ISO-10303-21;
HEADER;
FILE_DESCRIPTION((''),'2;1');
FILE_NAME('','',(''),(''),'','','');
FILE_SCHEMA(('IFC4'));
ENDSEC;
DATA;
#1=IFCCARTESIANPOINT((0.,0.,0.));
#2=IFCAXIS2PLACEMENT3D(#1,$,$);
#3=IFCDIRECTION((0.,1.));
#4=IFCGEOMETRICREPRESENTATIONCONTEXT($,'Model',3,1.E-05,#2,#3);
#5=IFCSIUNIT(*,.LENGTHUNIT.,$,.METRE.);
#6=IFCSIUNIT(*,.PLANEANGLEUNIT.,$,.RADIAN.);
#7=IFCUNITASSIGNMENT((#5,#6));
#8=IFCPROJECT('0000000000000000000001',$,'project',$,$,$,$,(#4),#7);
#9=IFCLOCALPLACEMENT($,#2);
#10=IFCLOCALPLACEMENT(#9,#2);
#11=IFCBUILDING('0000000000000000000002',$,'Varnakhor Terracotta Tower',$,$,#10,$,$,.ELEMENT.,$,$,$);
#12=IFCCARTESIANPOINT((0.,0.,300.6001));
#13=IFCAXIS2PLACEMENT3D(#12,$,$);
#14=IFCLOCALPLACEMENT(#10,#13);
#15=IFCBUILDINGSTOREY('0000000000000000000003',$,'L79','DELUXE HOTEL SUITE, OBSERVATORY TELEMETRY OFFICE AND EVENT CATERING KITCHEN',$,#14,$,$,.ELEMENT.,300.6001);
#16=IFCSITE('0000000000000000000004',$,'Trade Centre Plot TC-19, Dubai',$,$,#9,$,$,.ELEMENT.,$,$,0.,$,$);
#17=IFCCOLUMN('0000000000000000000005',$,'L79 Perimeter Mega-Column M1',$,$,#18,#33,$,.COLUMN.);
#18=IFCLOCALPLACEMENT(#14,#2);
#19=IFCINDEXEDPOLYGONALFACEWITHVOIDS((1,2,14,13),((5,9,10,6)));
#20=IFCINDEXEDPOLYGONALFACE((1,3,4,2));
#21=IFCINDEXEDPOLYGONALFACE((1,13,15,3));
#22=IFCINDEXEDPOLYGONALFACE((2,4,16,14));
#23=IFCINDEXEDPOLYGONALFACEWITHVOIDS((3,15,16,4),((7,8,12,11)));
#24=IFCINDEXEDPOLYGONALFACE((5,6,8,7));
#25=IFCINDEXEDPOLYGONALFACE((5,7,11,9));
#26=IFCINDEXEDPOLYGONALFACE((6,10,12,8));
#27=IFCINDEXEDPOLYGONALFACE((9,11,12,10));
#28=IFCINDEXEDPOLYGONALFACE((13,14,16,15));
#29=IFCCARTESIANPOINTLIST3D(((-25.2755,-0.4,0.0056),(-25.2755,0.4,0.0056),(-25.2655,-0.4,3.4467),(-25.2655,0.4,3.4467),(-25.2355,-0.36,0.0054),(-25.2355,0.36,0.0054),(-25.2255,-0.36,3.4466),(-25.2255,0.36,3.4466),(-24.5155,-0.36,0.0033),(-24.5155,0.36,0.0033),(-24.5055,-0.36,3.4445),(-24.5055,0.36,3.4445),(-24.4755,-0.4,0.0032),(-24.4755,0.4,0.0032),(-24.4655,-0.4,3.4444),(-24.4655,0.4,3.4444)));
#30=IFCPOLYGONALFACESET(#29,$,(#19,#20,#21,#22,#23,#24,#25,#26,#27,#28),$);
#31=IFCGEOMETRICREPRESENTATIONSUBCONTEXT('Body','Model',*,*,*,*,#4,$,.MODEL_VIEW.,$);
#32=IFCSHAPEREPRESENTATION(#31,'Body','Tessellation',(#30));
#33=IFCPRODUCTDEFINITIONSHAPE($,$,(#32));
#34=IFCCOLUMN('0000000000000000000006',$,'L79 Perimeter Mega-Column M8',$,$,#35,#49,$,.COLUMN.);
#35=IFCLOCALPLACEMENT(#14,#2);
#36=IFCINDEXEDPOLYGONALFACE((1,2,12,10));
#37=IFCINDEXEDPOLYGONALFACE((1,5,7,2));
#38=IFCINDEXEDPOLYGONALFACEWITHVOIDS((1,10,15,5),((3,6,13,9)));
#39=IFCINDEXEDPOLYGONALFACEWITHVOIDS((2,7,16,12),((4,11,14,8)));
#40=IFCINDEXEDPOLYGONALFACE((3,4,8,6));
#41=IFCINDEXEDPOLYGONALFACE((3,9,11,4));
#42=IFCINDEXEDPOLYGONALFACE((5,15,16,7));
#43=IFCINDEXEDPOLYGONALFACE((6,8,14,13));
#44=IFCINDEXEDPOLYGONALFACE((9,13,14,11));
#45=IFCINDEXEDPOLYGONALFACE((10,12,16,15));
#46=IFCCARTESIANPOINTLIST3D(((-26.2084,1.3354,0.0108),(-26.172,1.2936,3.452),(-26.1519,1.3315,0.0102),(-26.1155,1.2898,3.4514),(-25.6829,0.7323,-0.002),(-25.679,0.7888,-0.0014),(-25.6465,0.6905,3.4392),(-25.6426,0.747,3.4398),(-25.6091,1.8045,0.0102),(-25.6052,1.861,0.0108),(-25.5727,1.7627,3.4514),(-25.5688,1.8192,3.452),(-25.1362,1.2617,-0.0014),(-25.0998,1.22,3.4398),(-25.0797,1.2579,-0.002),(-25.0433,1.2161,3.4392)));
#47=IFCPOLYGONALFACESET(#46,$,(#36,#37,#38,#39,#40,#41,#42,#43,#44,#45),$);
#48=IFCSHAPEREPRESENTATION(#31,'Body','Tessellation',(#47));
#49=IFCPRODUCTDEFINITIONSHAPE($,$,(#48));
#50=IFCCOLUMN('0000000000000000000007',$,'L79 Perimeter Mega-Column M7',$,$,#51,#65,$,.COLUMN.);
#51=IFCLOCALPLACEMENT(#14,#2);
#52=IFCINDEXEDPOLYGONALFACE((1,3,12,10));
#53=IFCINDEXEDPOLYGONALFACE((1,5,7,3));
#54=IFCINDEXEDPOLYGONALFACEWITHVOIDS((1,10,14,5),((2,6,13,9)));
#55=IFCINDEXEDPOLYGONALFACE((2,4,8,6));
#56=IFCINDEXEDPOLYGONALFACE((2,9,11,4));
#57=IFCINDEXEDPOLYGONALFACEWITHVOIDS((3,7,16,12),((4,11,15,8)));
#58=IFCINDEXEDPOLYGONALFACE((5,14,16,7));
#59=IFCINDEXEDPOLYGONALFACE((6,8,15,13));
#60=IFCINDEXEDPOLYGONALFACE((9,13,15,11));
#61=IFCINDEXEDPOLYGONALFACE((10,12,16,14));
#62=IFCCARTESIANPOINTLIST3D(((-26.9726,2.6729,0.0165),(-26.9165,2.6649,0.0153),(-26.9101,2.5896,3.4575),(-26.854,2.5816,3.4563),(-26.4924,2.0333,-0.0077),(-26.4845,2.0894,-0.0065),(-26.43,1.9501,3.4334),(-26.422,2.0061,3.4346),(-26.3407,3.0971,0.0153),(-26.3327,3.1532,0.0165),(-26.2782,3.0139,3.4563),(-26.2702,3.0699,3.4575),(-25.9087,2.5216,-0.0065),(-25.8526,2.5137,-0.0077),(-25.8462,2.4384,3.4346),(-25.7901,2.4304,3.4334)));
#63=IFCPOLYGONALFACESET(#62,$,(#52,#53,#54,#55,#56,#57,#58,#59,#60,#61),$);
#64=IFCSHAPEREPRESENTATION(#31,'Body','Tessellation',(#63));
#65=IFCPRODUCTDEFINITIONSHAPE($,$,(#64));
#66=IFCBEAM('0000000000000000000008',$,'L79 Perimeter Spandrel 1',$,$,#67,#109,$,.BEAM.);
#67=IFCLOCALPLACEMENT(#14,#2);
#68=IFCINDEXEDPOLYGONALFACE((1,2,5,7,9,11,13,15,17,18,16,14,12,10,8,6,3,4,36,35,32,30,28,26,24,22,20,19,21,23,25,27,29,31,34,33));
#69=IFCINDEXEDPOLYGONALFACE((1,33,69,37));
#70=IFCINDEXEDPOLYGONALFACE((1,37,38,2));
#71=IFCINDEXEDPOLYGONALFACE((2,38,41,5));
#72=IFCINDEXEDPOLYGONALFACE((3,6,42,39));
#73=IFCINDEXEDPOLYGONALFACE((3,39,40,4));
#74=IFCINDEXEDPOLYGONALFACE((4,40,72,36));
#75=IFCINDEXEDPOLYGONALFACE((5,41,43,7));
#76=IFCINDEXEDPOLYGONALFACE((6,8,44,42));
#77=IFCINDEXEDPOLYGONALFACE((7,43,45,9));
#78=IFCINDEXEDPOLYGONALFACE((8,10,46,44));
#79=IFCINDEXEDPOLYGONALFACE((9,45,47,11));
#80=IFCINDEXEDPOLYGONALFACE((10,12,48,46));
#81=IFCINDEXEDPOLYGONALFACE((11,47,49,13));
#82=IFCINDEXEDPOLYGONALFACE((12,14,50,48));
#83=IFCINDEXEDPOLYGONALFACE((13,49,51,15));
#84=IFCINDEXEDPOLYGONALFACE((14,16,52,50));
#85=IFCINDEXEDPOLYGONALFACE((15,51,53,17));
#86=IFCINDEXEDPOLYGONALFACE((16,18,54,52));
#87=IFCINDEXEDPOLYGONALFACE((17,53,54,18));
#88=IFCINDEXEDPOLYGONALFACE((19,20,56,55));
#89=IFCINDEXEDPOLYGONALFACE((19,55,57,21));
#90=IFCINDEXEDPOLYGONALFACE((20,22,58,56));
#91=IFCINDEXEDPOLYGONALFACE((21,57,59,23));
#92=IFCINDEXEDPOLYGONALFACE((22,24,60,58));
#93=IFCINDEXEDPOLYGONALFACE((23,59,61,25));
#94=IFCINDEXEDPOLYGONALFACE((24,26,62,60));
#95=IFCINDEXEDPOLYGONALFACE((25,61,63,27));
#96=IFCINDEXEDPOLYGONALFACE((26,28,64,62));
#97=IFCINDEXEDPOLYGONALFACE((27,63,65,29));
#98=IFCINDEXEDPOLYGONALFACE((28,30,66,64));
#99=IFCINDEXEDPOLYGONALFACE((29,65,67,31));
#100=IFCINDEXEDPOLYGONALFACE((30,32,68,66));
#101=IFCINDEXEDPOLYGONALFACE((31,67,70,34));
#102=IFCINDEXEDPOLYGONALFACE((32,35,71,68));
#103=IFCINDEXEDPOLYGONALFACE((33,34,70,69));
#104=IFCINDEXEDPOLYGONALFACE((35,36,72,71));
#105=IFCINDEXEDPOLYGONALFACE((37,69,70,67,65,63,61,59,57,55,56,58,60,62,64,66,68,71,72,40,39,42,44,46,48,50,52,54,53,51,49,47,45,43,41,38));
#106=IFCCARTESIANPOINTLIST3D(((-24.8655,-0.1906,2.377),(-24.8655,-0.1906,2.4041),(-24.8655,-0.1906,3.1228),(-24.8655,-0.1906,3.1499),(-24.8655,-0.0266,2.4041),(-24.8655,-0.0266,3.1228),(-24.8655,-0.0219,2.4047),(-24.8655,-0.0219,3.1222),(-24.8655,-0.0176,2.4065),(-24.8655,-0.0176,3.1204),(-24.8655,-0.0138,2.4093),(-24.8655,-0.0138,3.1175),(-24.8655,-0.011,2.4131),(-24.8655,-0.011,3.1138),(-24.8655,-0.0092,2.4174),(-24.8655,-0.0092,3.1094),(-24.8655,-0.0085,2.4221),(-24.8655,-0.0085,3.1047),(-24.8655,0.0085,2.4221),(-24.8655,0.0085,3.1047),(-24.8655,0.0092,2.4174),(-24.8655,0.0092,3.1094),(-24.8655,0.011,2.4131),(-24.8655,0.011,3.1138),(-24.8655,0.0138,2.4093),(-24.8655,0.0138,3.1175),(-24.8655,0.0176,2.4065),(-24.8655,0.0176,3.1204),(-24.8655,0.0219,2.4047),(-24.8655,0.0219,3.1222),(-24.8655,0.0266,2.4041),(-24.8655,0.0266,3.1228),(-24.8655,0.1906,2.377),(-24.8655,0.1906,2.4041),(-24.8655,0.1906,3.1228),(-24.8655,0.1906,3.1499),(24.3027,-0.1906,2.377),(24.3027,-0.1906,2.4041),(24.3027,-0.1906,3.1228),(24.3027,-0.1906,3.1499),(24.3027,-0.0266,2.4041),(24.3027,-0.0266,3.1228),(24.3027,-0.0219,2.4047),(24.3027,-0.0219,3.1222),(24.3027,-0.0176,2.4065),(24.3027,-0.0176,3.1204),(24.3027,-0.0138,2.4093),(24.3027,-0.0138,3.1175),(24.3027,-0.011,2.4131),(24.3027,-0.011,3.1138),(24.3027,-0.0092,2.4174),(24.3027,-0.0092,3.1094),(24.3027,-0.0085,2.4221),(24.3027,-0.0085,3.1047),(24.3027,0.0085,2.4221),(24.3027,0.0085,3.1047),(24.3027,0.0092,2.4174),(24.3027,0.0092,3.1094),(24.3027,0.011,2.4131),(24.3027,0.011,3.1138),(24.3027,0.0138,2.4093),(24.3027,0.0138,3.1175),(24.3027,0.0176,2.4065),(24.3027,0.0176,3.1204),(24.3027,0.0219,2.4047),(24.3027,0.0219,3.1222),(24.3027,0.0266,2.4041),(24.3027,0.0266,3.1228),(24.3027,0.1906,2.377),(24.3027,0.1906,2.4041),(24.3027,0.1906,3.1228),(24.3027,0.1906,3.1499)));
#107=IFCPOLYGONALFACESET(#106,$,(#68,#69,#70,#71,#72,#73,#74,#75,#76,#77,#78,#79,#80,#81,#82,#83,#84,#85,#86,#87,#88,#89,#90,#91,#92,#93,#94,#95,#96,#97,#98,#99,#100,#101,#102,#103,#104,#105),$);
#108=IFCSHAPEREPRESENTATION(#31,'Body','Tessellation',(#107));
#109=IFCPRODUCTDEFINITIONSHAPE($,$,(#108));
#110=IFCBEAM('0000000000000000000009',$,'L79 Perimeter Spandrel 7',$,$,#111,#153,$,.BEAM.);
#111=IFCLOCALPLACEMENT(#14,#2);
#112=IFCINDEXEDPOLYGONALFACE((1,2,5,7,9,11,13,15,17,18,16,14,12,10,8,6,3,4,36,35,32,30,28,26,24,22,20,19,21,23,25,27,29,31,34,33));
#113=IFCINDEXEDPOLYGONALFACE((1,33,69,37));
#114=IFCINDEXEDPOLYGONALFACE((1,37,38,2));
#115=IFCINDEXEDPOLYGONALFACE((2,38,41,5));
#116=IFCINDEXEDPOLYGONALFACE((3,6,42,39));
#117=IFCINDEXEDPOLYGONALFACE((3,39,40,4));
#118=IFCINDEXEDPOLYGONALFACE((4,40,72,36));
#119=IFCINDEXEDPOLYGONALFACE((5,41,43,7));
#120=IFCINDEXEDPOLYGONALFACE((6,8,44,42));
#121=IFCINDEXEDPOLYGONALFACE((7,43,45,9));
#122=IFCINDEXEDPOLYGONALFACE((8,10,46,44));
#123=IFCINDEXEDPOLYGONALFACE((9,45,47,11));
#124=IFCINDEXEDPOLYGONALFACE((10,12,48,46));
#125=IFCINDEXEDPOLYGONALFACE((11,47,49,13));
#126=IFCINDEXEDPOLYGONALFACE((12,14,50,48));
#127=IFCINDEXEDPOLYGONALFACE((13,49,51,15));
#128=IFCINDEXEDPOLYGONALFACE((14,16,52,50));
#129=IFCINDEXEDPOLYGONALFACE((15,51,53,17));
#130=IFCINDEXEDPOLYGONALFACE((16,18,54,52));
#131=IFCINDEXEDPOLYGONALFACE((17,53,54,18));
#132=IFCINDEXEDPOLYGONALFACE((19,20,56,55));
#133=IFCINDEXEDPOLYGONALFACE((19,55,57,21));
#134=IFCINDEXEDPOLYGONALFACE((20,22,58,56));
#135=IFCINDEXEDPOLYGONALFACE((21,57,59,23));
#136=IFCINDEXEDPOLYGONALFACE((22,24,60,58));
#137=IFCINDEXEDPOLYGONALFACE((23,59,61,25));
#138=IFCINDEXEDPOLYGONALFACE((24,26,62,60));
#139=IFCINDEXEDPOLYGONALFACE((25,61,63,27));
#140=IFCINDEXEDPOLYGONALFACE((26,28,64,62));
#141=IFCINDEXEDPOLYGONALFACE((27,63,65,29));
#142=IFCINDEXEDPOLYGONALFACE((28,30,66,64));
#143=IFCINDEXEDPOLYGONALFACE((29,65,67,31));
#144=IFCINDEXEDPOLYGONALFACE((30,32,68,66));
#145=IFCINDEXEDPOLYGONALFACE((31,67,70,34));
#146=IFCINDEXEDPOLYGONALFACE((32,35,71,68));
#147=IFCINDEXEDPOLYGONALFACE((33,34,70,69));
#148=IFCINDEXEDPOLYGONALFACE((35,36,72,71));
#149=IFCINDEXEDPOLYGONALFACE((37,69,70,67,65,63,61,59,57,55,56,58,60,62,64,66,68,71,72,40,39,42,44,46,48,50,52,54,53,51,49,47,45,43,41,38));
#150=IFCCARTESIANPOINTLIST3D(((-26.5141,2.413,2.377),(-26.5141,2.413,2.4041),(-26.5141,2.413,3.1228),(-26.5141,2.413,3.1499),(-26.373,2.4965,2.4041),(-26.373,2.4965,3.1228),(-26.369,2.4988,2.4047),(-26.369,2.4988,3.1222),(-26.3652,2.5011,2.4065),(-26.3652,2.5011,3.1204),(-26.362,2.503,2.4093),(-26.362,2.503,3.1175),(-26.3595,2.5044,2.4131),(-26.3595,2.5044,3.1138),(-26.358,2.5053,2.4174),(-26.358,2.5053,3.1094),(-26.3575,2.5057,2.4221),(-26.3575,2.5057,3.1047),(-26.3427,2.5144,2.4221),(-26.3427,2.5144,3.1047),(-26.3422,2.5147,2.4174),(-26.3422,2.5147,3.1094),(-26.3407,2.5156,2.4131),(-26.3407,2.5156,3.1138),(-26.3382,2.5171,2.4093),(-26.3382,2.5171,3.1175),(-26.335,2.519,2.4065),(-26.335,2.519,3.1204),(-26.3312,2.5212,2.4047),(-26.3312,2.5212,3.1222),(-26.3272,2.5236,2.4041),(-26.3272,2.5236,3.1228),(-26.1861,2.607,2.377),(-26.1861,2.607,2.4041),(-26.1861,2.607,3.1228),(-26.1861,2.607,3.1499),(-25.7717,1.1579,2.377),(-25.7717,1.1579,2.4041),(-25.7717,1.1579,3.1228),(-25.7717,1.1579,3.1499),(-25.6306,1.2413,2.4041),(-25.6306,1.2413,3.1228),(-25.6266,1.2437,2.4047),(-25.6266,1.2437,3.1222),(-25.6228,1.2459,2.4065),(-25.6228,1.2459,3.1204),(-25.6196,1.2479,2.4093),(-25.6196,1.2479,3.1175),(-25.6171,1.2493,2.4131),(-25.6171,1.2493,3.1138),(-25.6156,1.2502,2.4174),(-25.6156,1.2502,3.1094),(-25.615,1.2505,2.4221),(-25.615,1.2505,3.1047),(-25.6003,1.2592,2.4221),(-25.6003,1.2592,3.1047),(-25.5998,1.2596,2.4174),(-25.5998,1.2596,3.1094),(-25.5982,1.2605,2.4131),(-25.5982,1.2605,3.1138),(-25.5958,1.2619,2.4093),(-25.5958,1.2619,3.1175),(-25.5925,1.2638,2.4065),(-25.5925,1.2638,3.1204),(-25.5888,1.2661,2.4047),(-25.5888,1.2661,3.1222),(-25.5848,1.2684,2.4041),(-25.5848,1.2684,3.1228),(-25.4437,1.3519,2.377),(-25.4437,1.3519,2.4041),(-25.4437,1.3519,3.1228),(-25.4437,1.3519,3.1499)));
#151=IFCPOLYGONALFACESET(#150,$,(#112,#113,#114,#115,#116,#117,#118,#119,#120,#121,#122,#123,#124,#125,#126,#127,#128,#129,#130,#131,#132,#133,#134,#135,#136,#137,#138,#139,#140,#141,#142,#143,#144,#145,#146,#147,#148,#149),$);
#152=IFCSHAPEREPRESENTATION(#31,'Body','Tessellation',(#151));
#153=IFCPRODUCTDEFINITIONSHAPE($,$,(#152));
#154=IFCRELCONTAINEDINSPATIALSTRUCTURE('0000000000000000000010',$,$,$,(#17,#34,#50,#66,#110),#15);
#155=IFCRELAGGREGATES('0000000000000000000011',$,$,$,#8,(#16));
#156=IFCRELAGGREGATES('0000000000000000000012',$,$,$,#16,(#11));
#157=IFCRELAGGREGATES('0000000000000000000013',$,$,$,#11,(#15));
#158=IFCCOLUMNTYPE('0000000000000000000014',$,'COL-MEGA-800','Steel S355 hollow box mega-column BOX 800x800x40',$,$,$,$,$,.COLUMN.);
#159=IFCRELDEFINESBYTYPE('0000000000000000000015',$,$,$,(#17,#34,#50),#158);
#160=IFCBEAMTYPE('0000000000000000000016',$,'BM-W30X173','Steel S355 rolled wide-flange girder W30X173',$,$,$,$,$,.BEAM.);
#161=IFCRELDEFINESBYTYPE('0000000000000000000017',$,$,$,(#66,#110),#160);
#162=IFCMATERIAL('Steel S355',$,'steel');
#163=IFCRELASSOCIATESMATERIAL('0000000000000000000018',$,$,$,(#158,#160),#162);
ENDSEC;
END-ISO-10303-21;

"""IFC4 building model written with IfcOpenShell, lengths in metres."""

from ifc_helpers import new_model, si_unit, direction, frame, origin, origin_2d, place, context, subcontext, project, spatial, hollow_rectangle, i_section, extrude, source, transform, mapped, material, material_profile, profile_set, type_object, element, save


model = new_model("IFC4")

# Units and contexts
model_context = context("Model", 3, precision=1e-05, world=origin(), true_north=direction((0.0, 1.0)))
body_context = subcontext(model_context, "Body", "Model", "MODEL_VIEW")
ifc_project = project(units=[si_unit("LENGTHUNIT", "METRE"), si_unit("PLANEANGLEUNIT", "RADIAN")], contexts=[model_context])

# Site, building, storey
site_placement = place(None, origin())
site = spatial("IfcSite", under=ifc_project, at=site_placement, Name="Trade Centre Plot TC-19, Dubai", CompositionType="ELEMENT", RefElevation=0.0)
building_placement = place(site_placement, origin())
building = spatial("IfcBuilding", under=site, at=building_placement, Name="Varnakhor Terracotta Tower", CompositionType="ELEMENT")
storey_placement = place(building_placement, frame((0.0, 0.0, 300.6001)))
storey = spatial("IfcBuildingStorey", under=building, at=storey_placement, Name="L79", Description="DELUXE HOTEL SUITE, OBSERVATORY TELEMETRY OFFICE AND EVENT CATERING KITCHEN", CompositionType="ELEMENT", Elevation=300.6001)

# Columns
ifc_material_1 = material(Name="Steel S355", Category="steel")
ifc_material_profile_1 = material_profile(ifc_material_1, hollow_rectangle(XDim=0.8, YDim=0.8, WallThickness=0.04, at=origin_2d()), Name="BOX 800x800x40")
ifc_profile_set_1 = profile_set([ifc_material_profile_1], Name="Steel S355")
column_type = type_object("IfcColumnType", Name="COL-MEGA-800", Description="Steel S355 hollow box mega-column BOX 800x800x40", PredefinedType="COLUMN", material=ifc_profile_set_1)
shared_shape_1 = source(origin(), body_context, "Body", "SweptSolid", [
    extrude(hollow_rectangle(XDim=0.8, YDim=0.8, WallThickness=0.04, at=origin_2d()), origin(), (0.0, 0.0, 1.0), 3.4412),
])
column_1_placement = place(storey_placement, frame((-24.8755, 0.0, 0.0044), z_axis=(0.002909, 0.0, 0.999996), x_axis=(0.0, 1.0, 0.0)))
element("IfcColumn", 1, at=column_1_placement, inside=storey, type_object=column_type, Name="L79 Perimeter Mega-Column M1", PredefinedType="COLUMN", context=body_context, shape_type="MappedRepresentation", body=[
    mapped(shared_shape_1, transform((0.0, 0.0, 0.0), scale=1.0)),
])
shared_shape_2 = source(origin(), body_context, "Body", "SweptSolid", [
    extrude(hollow_rectangle(XDim=0.8, YDim=0.8, WallThickness=0.04, at=origin_2d()), origin(), (0.0, 0.0, 1.0), 3.4417),
])
column_2_placement = place(storey_placement, frame((-25.644, 1.2966, 0.0044), z_axis=(0.01057, -0.01213, 0.999871), x_axis=(0.753941, 0.656942, 0.0)))
element("IfcColumn", 2, at=column_2_placement, inside=storey, type_object=column_type, Name="L79 Perimeter Mega-Column M8", PredefinedType="COLUMN", context=body_context, shape_type="MappedRepresentation", body=[
    mapped(shared_shape_2, transform((0.0, 0.0, 0.0), scale=1.0)),
])
shared_shape_3 = source(origin(), body_context, "Body", "SweptSolid", [
    extrude(hollow_rectangle(XDim=0.8, YDim=0.8, WallThickness=0.04, at=origin_2d()), origin(), (0.0, 0.0, 1.0), 3.4426),
])
column_3_placement = place(storey_placement, frame((-26.4126, 2.5933, 0.0044), z_axis=(0.018154, -0.024182, 0.999543), x_axis=(0.799718, 0.600375, 0.0)))
element("IfcColumn", 3, at=column_3_placement, inside=storey, type_object=column_type, Name="L79 Perimeter Mega-Column M7", PredefinedType="COLUMN", context=body_context, shape_type="MappedRepresentation", body=[
    mapped(shared_shape_3, transform((0.0, 0.0, 0.0), scale=1.0)),
])

# Beams
ifc_material_profile_2 = material_profile(ifc_material_1, i_section(OverallWidth=0.3811, OverallDepth=0.7729, WebThickness=0.0171, FlangeThickness=0.0271, FilletRadius=0.0181, at=origin_2d()), Name="W30X173")
ifc_profile_set_2 = profile_set([ifc_material_profile_2], Name="Steel S355")
beam_type_1 = type_object("IfcBeamType", Name="BM-W30X173", Description="Steel S355 rolled wide-flange girder W30X173", PredefinedType="BEAM", material=ifc_profile_set_2)
shared_shape_4 = source(origin(), body_context, "Body", "SweptSolid", [
    extrude(i_section(OverallWidth=0.3811, OverallDepth=0.7729, WebThickness=0.0171, FlangeThickness=0.0271, FilletRadius=0.0181, at=origin_2d()), origin(), (0.0, 0.0, 1.0), 49.1682),
])
beam_1_placement = place(storey_placement, frame((-24.8655, 0.0, 2.7634), z_axis=(1.0, 0.0, 0.0), x_axis=(0.0, 1.0, 0.0)))
element("IfcBeam", 4, at=beam_1_placement, inside=storey, type_object=beam_type_1, Name="L79 Perimeter Spandrel 1", PredefinedType="BEAM", context=body_context, shape_type="MappedRepresentation", body=[
    mapped(shared_shape_4, transform((0.0, 0.0, 0.0), scale=1.0)),
])
shared_shape_5 = source(origin(), body_context, "Body", "SweptSolid", [
    extrude(i_section(OverallWidth=0.3811, OverallDepth=0.7729, WebThickness=0.0171, FlangeThickness=0.0271, FilletRadius=0.0181, at=origin_2d()), origin(), (0.0, 0.0, 1.0), 1.4583),
])
beam_2_placement = place(storey_placement, frame((-26.3501, 2.51, 2.7634), z_axis=(0.509118, -0.860696, 0.0), x_axis=(0.860696, 0.509118, 0.0)))
element("IfcBeam", 5, at=beam_2_placement, inside=storey, type_object=beam_type_1, Name="L79 Perimeter Spandrel 7", PredefinedType="BEAM", context=body_context, shape_type="MappedRepresentation", body=[
    mapped(shared_shape_5, transform((0.0, 0.0, 0.0), scale=1.0)),
])

save(model, "model.ifc")
